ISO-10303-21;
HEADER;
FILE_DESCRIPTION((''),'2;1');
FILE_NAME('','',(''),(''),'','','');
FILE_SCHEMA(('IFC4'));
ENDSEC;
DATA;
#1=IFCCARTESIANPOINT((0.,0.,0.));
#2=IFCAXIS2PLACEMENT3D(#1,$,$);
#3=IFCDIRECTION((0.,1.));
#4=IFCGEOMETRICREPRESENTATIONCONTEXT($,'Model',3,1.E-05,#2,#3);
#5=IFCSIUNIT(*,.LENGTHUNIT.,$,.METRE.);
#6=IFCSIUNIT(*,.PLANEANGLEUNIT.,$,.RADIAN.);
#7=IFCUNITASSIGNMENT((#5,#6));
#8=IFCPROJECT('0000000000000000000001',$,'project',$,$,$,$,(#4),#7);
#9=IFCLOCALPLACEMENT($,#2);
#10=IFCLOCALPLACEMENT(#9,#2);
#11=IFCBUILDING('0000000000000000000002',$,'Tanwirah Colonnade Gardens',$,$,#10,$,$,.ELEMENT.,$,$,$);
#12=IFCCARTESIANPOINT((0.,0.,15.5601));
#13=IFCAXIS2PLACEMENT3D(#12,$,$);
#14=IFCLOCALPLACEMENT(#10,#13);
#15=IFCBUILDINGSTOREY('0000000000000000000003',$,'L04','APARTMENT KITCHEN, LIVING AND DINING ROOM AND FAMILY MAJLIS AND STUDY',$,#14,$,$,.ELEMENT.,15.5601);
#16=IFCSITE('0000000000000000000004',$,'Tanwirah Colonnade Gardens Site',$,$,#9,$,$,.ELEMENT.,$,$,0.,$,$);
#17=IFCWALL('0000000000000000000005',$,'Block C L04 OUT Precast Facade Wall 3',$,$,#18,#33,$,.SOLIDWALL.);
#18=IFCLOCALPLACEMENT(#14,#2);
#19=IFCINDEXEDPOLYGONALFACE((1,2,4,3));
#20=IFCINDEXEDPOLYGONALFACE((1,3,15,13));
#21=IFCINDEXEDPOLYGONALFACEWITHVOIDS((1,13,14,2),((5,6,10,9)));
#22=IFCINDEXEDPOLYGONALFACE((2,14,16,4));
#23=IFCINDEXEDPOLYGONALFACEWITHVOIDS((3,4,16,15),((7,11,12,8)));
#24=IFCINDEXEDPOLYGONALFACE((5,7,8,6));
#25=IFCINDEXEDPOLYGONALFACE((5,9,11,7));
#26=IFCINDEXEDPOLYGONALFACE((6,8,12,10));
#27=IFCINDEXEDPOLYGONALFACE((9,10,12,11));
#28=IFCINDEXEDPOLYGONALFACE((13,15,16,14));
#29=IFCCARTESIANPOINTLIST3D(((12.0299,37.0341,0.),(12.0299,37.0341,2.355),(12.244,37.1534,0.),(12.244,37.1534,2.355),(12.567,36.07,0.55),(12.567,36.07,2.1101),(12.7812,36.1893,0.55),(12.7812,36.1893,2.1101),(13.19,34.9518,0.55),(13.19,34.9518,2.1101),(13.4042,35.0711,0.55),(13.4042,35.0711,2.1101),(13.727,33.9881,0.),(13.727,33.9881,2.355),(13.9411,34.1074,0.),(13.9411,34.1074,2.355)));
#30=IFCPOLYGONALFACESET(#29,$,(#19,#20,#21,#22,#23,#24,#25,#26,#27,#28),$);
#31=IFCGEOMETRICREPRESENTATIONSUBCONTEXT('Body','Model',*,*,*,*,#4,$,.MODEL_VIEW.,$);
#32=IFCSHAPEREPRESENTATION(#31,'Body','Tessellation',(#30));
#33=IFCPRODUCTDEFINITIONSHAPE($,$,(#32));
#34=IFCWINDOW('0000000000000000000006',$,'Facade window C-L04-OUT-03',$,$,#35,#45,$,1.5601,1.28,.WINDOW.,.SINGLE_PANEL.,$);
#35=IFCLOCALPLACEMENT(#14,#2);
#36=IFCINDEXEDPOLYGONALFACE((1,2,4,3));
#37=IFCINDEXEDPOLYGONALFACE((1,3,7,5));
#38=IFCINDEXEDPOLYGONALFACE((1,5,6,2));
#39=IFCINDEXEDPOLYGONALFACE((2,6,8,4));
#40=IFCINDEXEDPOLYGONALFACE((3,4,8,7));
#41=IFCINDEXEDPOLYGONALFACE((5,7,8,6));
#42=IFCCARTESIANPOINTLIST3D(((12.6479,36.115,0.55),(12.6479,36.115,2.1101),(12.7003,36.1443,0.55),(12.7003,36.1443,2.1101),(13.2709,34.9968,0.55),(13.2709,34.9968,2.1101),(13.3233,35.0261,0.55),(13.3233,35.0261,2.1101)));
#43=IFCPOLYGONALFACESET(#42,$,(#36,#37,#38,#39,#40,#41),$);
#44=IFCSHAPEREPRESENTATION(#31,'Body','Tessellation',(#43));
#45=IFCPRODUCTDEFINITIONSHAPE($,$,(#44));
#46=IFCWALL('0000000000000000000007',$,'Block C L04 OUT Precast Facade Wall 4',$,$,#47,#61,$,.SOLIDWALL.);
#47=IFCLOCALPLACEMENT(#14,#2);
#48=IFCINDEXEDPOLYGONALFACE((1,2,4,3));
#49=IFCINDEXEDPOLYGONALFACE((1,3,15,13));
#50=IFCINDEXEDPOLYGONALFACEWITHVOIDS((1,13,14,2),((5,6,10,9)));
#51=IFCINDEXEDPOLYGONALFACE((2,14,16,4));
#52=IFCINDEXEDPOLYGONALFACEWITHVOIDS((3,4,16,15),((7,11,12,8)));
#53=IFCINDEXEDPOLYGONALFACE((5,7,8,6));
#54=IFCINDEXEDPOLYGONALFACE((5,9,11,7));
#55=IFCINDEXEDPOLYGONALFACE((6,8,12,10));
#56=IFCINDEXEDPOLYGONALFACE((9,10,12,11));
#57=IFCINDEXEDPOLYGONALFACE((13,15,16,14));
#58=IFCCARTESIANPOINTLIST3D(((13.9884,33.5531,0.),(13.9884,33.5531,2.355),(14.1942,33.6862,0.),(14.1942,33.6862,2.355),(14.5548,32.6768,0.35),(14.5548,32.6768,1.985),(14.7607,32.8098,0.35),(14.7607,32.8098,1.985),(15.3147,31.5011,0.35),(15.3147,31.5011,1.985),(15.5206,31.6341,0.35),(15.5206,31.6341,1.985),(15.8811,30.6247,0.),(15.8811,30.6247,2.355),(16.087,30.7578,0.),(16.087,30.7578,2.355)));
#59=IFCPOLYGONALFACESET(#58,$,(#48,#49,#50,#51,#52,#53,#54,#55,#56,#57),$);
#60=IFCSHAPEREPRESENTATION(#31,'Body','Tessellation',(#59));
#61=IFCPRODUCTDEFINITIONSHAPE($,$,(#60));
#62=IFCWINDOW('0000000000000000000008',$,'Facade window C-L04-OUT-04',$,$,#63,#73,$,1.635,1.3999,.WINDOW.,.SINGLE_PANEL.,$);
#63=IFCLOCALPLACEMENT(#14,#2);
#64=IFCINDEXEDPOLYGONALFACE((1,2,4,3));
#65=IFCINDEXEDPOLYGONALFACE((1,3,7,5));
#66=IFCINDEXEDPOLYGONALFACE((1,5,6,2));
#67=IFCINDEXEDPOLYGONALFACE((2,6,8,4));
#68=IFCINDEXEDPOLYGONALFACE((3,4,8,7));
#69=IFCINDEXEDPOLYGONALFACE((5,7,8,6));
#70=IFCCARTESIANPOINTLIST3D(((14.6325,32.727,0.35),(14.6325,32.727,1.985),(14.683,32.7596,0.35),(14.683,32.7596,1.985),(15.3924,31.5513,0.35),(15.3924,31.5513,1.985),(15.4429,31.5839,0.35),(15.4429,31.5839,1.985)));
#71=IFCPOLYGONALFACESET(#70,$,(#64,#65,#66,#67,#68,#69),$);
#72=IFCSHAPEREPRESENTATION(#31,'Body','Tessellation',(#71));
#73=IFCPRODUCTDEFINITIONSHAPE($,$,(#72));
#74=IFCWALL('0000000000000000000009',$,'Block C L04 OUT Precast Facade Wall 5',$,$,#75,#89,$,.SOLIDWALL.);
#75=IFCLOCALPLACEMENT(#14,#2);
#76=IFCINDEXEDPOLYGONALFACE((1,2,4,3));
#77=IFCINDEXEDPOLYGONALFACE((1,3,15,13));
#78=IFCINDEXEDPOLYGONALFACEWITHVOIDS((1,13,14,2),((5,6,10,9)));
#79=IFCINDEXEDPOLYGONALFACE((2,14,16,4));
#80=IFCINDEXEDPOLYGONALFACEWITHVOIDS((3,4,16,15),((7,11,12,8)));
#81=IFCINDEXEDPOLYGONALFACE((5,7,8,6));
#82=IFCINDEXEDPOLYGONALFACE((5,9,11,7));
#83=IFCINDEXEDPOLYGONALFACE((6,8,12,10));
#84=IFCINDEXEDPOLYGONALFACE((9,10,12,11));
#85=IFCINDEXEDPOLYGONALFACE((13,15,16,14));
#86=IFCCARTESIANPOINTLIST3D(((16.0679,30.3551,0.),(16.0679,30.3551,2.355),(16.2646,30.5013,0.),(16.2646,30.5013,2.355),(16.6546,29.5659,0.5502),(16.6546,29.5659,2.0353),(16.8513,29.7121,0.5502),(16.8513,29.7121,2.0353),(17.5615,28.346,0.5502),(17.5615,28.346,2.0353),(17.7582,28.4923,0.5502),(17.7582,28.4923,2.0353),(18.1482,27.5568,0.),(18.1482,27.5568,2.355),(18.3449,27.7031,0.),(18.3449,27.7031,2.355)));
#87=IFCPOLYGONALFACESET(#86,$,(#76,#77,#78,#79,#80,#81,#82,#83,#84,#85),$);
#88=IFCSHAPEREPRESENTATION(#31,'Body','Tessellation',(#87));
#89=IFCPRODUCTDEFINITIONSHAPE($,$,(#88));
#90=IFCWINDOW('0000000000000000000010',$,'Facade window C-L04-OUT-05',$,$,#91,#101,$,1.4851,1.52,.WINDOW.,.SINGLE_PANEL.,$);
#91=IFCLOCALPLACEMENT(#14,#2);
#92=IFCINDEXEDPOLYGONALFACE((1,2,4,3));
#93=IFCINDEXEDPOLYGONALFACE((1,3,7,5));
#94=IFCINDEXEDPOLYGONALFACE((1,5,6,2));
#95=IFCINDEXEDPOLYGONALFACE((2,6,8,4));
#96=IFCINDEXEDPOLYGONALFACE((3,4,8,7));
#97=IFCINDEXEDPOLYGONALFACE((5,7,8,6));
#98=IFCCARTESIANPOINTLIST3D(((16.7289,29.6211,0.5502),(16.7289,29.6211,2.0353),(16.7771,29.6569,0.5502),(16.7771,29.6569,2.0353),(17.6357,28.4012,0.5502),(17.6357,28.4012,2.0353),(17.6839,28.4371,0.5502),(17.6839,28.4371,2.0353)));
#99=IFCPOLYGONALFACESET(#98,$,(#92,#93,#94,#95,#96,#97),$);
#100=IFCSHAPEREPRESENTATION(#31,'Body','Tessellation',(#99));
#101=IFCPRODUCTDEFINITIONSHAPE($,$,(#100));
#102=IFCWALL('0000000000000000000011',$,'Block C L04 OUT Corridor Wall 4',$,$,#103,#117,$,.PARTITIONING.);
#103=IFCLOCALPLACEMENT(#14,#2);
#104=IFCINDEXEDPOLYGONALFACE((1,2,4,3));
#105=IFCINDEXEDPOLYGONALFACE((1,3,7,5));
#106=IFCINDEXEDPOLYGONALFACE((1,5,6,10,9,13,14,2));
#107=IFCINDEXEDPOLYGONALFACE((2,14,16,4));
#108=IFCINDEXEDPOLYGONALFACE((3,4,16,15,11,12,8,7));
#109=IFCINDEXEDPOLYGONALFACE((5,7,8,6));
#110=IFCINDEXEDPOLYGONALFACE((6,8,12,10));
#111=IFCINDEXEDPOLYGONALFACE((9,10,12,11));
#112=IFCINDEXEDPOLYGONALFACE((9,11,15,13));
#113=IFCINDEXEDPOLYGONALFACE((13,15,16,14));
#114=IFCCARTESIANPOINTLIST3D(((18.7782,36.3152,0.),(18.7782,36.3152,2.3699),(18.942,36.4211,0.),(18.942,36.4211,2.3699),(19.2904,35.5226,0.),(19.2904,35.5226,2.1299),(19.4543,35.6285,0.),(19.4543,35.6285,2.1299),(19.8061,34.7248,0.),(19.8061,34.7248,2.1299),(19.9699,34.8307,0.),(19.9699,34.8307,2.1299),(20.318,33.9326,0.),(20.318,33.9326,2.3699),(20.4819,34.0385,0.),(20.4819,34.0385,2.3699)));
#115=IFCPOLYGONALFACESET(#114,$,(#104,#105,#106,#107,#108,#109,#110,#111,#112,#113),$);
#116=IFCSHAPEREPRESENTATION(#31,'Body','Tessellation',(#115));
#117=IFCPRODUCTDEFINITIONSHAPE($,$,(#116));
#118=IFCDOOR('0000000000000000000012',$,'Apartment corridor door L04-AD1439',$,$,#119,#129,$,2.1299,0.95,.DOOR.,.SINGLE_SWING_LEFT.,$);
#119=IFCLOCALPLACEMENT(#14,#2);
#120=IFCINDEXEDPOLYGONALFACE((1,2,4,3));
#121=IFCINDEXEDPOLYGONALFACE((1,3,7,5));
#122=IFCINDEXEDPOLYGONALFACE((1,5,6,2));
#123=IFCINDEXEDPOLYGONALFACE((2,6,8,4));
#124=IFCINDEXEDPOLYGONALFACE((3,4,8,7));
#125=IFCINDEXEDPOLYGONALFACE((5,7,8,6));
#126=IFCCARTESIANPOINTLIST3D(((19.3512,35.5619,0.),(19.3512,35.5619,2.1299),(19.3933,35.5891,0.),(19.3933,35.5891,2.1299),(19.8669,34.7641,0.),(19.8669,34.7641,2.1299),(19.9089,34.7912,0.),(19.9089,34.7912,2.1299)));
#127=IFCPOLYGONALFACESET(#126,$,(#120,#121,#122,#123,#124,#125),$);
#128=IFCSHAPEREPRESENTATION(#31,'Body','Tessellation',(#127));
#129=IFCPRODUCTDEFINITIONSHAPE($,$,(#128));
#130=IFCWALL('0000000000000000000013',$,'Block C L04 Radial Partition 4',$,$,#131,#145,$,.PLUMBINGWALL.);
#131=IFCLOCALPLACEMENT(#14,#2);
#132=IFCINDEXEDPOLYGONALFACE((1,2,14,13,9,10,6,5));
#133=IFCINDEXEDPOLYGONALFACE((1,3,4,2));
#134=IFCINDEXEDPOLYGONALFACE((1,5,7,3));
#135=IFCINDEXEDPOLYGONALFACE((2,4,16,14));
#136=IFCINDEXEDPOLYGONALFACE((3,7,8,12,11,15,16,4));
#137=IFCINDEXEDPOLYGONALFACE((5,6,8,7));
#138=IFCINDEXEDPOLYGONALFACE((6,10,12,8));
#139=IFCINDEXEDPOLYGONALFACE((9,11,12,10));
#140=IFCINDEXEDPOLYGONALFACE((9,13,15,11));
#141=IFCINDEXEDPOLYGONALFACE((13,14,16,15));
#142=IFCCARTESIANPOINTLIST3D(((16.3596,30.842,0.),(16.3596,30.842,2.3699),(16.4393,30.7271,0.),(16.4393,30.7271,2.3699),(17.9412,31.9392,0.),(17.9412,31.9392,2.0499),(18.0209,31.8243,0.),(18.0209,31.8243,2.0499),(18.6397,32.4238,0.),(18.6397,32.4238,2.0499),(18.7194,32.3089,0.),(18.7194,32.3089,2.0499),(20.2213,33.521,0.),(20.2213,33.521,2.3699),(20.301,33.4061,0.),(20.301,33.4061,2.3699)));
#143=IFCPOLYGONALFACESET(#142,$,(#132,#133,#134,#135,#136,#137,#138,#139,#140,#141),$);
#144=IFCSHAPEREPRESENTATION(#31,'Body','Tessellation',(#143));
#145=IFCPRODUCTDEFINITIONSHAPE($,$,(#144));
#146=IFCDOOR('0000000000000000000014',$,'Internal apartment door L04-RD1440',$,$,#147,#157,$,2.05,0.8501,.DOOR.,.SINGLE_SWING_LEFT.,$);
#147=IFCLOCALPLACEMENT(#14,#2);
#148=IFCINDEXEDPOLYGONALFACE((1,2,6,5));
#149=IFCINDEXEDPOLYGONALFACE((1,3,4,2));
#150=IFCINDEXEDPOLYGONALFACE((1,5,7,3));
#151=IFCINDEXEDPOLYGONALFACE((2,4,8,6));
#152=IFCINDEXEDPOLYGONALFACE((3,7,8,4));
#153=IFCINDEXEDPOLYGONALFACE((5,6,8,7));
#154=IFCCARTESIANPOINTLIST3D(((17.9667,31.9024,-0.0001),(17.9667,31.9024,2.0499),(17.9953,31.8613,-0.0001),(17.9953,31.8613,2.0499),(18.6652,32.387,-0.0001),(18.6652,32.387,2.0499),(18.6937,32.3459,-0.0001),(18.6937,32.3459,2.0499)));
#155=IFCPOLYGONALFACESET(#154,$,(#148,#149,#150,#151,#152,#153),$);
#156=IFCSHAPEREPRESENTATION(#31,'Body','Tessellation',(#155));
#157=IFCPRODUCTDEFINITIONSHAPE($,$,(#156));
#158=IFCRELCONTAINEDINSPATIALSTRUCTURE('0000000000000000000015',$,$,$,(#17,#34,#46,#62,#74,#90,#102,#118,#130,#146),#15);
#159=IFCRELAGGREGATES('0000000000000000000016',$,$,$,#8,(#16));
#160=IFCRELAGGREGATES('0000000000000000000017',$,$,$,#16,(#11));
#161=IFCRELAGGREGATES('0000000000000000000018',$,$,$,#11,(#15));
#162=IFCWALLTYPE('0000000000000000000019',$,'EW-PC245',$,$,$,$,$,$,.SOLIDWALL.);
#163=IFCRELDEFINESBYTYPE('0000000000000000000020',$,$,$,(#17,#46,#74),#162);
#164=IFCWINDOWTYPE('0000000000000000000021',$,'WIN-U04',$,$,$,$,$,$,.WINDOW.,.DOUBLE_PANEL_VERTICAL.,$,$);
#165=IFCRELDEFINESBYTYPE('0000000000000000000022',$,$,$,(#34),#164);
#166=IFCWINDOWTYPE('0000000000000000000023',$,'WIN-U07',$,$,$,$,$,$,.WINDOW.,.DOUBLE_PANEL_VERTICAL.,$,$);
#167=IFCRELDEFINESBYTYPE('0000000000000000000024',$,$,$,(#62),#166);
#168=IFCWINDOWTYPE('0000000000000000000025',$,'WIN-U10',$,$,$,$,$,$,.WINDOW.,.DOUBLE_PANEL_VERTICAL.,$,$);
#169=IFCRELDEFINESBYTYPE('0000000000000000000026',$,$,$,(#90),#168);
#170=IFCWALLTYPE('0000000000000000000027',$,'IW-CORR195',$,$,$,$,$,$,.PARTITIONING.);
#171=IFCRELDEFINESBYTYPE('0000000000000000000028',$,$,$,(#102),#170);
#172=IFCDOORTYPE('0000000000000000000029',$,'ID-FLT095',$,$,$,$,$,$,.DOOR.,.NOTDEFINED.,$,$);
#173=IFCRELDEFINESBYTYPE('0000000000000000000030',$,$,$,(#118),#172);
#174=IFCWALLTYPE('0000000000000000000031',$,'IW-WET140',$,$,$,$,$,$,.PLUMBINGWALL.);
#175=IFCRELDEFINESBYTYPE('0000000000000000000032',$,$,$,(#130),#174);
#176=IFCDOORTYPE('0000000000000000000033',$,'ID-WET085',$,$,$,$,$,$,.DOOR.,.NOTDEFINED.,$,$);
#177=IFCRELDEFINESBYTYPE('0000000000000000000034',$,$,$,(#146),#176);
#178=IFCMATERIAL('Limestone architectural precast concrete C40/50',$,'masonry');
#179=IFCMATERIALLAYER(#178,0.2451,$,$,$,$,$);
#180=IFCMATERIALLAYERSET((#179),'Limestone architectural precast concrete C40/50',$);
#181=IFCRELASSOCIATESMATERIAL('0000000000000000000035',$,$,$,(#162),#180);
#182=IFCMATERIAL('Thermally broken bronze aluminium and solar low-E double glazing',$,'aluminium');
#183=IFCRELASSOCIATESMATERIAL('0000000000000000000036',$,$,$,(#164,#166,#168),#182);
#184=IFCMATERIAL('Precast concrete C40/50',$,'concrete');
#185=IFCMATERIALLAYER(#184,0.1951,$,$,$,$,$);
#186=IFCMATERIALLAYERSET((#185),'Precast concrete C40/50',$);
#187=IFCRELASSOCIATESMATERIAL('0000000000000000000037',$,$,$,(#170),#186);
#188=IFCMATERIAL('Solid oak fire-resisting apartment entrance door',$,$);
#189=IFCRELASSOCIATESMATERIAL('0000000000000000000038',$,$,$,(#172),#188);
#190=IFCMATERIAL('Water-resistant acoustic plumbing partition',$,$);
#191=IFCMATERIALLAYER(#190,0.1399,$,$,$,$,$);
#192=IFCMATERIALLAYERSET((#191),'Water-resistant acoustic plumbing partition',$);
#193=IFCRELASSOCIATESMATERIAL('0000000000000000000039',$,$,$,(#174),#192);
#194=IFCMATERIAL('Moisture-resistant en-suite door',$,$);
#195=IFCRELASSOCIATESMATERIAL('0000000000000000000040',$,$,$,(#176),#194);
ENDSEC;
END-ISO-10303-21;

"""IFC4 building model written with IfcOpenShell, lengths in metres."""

from ifc_helpers import new_model, si_unit, direction, frame, frame_2d, origin, place, context, subcontext, project, spatial, rectangle, extrude, material, layer, layer_set, type_object, element, fill, save


model = new_model("IFC4")

# Units and contexts
model_context = context("Model", 3, precision=1e-05, world=origin(), true_north=direction((0.0, 1.0)))
body_context = subcontext(model_context, "Body", "Model", "MODEL_VIEW")
ifc_project = project(units=[si_unit("LENGTHUNIT", "METRE"), si_unit("PLANEANGLEUNIT", "RADIAN")], contexts=[model_context])

# Site, building, storey
site_placement = place(None, origin())
site = spatial("IfcSite", under=ifc_project, at=site_placement, Name="Tanwirah Colonnade Gardens Site", CompositionType="ELEMENT", RefElevation=0.0)
building_placement = place(site_placement, origin())
building = spatial("IfcBuilding", under=site, at=building_placement, Name="Tanwirah Colonnade Gardens", CompositionType="ELEMENT")
storey_placement = place(building_placement, frame((0.0, 0.0, 15.5601)))
storey = spatial("IfcBuildingStorey", under=building, at=storey_placement, Name="L04", Description="APARTMENT KITCHEN, LIVING AND DINING ROOM AND FAMILY MAJLIS AND STUDY", CompositionType="ELEMENT", Elevation=15.5601)

# Shared definitions
ifc_material_1 = material(Name="Precast concrete C40/50", Category="concrete")

# Walls, openings, windows
ifc_material_2 = material(Name="Limestone architectural precast concrete C40/50", Category="masonry")
ifc_layer_1 = layer(ifc_material_2, 0.2451)
ifc_layer_set_1 = layer_set([ifc_layer_1], Name="Limestone architectural precast concrete C40/50")
wall_type_1 = type_object("IfcWallType", Name="EW-PC245", PredefinedType="SOLIDWALL", material=ifc_layer_set_1)
wall_1_placement = place(storey_placement, frame((12.137, 37.0938, 0.0), z_axis=(0.0, 0.0, 1.0), x_axis=(0.486707, -0.873565, 0.0)))
wall_1 = element("IfcWall", 1, at=wall_1_placement, inside=storey, type_object=wall_type_1, Name="Block C L04 OUT Precast Facade Wall 3", PredefinedType="SOLIDWALL", context=body_context, shape_type="SweptSolid", body=[
    extrude(rectangle(XDim=3.4868, YDim=0.2451, at=frame_2d((1.7434, 0.0))), origin(), (0.0, 0.0, 1.0), 2.355),
])
opening_1_placement = place(wall_1_placement, frame((1.1035, 0.0, 0.55)))
opening_1 = element("IfcOpeningElement", 2, at=opening_1_placement, cuts=wall_1, PredefinedType="OPENING", context=body_context, shape_type="SweptSolid", body=[
    extrude(rectangle(XDim=1.28, YDim=1.5601, at=frame_2d((0.6401, 0.78))), frame((0.0, 0.1326, 0.0), z_axis=(0.0, -1.0, 0.0), x_axis=(1.0, 0.0, 0.0)), (0.0, 0.0, 1.0), 0.2651),
])
ifc_material_3 = material(Name="Thermally broken bronze aluminium and solar low-E double glazing", Category="aluminium")
window_type_1 = type_object("IfcWindowType", Name="WIN-U04", PartitioningType="DOUBLE_PANEL_VERTICAL", PredefinedType="WINDOW", material=ifc_material_3)
window_1_placement = place(opening_1_placement, origin())
window_1 = element("IfcWindow", 3, at=window_1_placement, inside=storey, type_object=window_type_1, Name="Facade window C-L04-OUT-03", OverallHeight=1.5601, OverallWidth=1.28, PartitioningType="SINGLE_PANEL", PredefinedType="WINDOW", context=body_context, shape_type="SweptSolid", body=[
    extrude(rectangle(XDim=1.28, YDim=1.5601, at=frame_2d((0.6401, 0.78))), frame((0.0, 0.03, 0.0), z_axis=(0.0, -1.0, 0.0), x_axis=(1.0, 0.0, 0.0)), (0.0, 0.0, 1.0), 0.0601),
])
fill(opening_1, window_1)
wall_2_placement = place(storey_placement, frame((14.0913, 33.6196, 0.0), z_axis=(0.0, 0.0, 1.0), x_axis=(0.542833, -0.839841, 0.0)))
wall_2 = element("IfcWall", 4, at=wall_2_placement, inside=storey, type_object=wall_type_1, Name="Block C L04 OUT Precast Facade Wall 4", PredefinedType="SOLIDWALL", context=body_context, shape_type="SweptSolid", body=[
    extrude(rectangle(XDim=3.4868, YDim=0.2451, at=frame_2d((1.7434, 0.0))), origin(), (0.0, 0.0, 1.0), 2.355),
])
opening_2_placement = place(wall_2_placement, frame((1.0435, 0.0, 0.3501)))
opening_2 = element("IfcOpeningElement", 5, at=opening_2_placement, cuts=wall_2, PredefinedType="OPENING", context=body_context, shape_type="SweptSolid", body=[
    extrude(rectangle(XDim=1.3999, YDim=1.635, at=frame_2d((0.7, 0.8174))), frame((0.0, 0.1326, 0.0), z_axis=(0.0, -1.0, 0.0), x_axis=(1.0, 0.0, 0.0)), (0.0, 0.0, 1.0), 0.2651),
])
window_type_2 = type_object("IfcWindowType", Name="WIN-U07", PartitioningType="DOUBLE_PANEL_VERTICAL", PredefinedType="WINDOW", material=ifc_material_3)
window_2_placement = place(opening_2_placement, origin())
window_2 = element("IfcWindow", 6, at=window_2_placement, inside=storey, type_object=window_type_2, Name="Facade window C-L04-OUT-04", OverallHeight=1.635, OverallWidth=1.3999, PartitioningType="SINGLE_PANEL", PredefinedType="WINDOW", context=body_context, shape_type="SweptSolid", body=[
    extrude(rectangle(XDim=1.3999, YDim=1.635, at=frame_2d((0.7, 0.8174))), frame((0.0, 0.03, 0.0), z_axis=(0.0, -1.0, 0.0), x_axis=(1.0, 0.0, 0.0)), (0.0, 0.0, 1.0), 0.0601),
])
fill(opening_2, window_2)
wall_3_placement = place(storey_placement, frame((16.1663, 30.4282, 0.0), z_axis=(0.0, 0.0, 1.0), x_axis=(0.596611, -0.80253, 0.0)))
wall_3 = element("IfcWall", 7, at=wall_3_placement, inside=storey, type_object=wall_type_1, Name="Block C L04 OUT Precast Facade Wall 5", PredefinedType="SOLIDWALL", context=body_context, shape_type="SweptSolid", body=[
    extrude(rectangle(XDim=3.4868, YDim=0.2451, at=frame_2d((1.7434, 0.0))), origin(), (0.0, 0.0, 1.0), 2.355),
])
opening_3_placement = place(wall_3_placement, frame((0.9834, 0.0, 0.55)))
opening_3 = element("IfcOpeningElement", 8, at=opening_3_placement, cuts=wall_3, PredefinedType="OPENING", context=body_context, shape_type="SweptSolid", body=[
    extrude(rectangle(XDim=1.52, YDim=1.4851, at=frame_2d((0.76, 0.7427))), frame((0.0, 0.1326, 0.0), z_axis=(0.0, -1.0, 0.0), x_axis=(1.0, 0.0, 0.0)), (0.0, 0.0, 1.0), 0.2651),
])
window_type_3 = type_object("IfcWindowType", Name="WIN-U10", PartitioningType="DOUBLE_PANEL_VERTICAL", PredefinedType="WINDOW", material=ifc_material_3)
window_3_placement = place(opening_3_placement, origin())
window_3 = element("IfcWindow", 9, at=window_3_placement, inside=storey, type_object=window_type_3, Name="Facade window C-L04-OUT-05", OverallHeight=1.4851, OverallWidth=1.52, PartitioningType="SINGLE_PANEL", PredefinedType="WINDOW", context=body_context, shape_type="SweptSolid", body=[
    extrude(rectangle(XDim=1.52, YDim=1.4851, at=frame_2d((0.76, 0.7427))), frame((0.0, 0.03, 0.0), z_axis=(0.0, -1.0, 0.0), x_axis=(1.0, 0.0, 0.0)), (0.0, 0.0, 1.0), 0.0601),
])
fill(opening_3, window_3)

# Walls, openings, doors
ifc_layer_2 = layer(ifc_material_1, 0.1951)
ifc_layer_set_2 = layer_set([ifc_layer_2], Name="Precast concrete C40/50")
wall_type_2 = type_object("IfcWallType", Name="IW-CORR195", PredefinedType="PARTITIONING", material=ifc_layer_set_2)
wall_4_placement = place(storey_placement, frame((18.8601, 36.3682, 0.0), z_axis=(0.0, 0.0, 1.0), x_axis=(0.542787, -0.83987, 0.0)))
wall_4 = element("IfcWall", 10, at=wall_4_placement, inside=storey, type_object=wall_type_2, Name="Block C L04 OUT Corridor Wall 4", PredefinedType="PARTITIONING", context=body_context, shape_type="SweptSolid", body=[
    extrude(rectangle(XDim=2.8369, YDim=0.1951, at=frame_2d((1.4185, 0.0))), origin(), (0.0, 0.0, 1.0), 2.3699),
])
opening_4_placement = place(wall_4_placement, frame((0.9436, 0.0, 0.0)))
opening_4 = element("IfcOpeningElement", 11, at=opening_4_placement, cuts=wall_4, PredefinedType="OPENING", context=body_context, shape_type="SweptSolid", body=[
    extrude(rectangle(XDim=0.95, YDim=2.1299, at=frame_2d((0.4751, 1.0649))), frame((0.0, 0.1074, 0.0), z_axis=(0.0, -1.0, 0.0), x_axis=(1.0, 0.0, 0.0)), (0.0, 0.0, 1.0), 0.2151),
])
ifc_material_4 = material(Name="Solid oak fire-resisting apartment entrance door")
door_type_1 = type_object("IfcDoorType", Name="ID-FLT095", OperationType="NOTDEFINED", PredefinedType="DOOR", material=ifc_material_4)
door_1_placement = place(opening_4_placement, origin())
door_1 = element("IfcDoor", 12, at=door_1_placement, inside=storey, type_object=door_type_1, Name="Apartment corridor door L04-AD1439", OperationType="SINGLE_SWING_LEFT", OverallHeight=2.1299, OverallWidth=0.95, PredefinedType="DOOR", context=body_context, shape_type="SweptSolid", body=[
    extrude(rectangle(XDim=0.95, YDim=2.1299, at=frame_2d((0.4751, 1.0649))), frame((0.0, 0.0249, 0.0), z_axis=(0.0, -1.0, 0.0), x_axis=(1.0, 0.0, 0.0)), (0.0, 0.0, 1.0), 0.05),
])
fill(opening_4, door_1)
ifc_material_5 = material(Name="Water-resistant acoustic plumbing partition")
ifc_layer_3 = layer(ifc_material_5, 0.1399)
ifc_layer_set_3 = layer_set([ifc_layer_3], Name="Water-resistant acoustic plumbing partition")
wall_type_3 = type_object("IfcWallType", Name="IW-WET140", PredefinedType="PLUMBINGWALL", material=ifc_layer_set_3)
wall_5_placement = place(storey_placement, frame((20.2612, 33.4636, 0.0), z_axis=(0.0, 0.0, 1.0), x_axis=(-0.821638, -0.570009, 0.0)))
wall_5 = element("IfcWall", 13, at=wall_5_placement, inside=storey, type_object=wall_type_3, Name="Block C L04 Radial Partition 4", PredefinedType="PLUMBINGWALL", context=body_context, shape_type="SweptSolid", body=[
    extrude(rectangle(XDim=4.7, YDim=0.1399, at=frame_2d((2.3501, 0.0))), origin(), (0.0, 0.0, 1.0), 2.3699),
])
opening_5_placement = place(wall_5_placement, frame((1.925, 0.0, 0.0)))
opening_5 = element("IfcOpeningElement", 14, at=opening_5_placement, cuts=wall_5, PredefinedType="OPENING", context=body_context, shape_type="SweptSolid", body=[
    extrude(rectangle(XDim=0.8501, YDim=2.05, at=frame_2d((0.425, 1.0249))), frame((0.0, 0.0798, 0.0), z_axis=(0.0, -1.0, 0.0), x_axis=(1.0, 0.0, 0.0)), (0.0, 0.0, 1.0), 0.1599),
])
ifc_material_6 = material(Name="Moisture-resistant en-suite door")
door_type_2 = type_object("IfcDoorType", Name="ID-WET085", OperationType="NOTDEFINED", PredefinedType="DOOR", material=ifc_material_6)
door_2_placement = place(opening_5_placement, origin())
door_2 = element("IfcDoor", 15, at=door_2_placement, inside=storey, type_object=door_type_2, Name="Internal apartment door L04-RD1440", OperationType="SINGLE_SWING_LEFT", OverallHeight=2.05, OverallWidth=0.8501, PredefinedType="DOOR", context=body_context, shape_type="SweptSolid", body=[
    extrude(rectangle(XDim=0.8501, YDim=2.05, at=frame_2d((0.425, 1.0249))), frame((0.0, 0.0249, 0.0), z_axis=(0.0, -1.0, 0.0), x_axis=(1.0, 0.0, 0.0)), (0.0, 0.0, 1.0), 0.05),
])
fill(opening_5, door_2)

save(model, "model.ifc")
